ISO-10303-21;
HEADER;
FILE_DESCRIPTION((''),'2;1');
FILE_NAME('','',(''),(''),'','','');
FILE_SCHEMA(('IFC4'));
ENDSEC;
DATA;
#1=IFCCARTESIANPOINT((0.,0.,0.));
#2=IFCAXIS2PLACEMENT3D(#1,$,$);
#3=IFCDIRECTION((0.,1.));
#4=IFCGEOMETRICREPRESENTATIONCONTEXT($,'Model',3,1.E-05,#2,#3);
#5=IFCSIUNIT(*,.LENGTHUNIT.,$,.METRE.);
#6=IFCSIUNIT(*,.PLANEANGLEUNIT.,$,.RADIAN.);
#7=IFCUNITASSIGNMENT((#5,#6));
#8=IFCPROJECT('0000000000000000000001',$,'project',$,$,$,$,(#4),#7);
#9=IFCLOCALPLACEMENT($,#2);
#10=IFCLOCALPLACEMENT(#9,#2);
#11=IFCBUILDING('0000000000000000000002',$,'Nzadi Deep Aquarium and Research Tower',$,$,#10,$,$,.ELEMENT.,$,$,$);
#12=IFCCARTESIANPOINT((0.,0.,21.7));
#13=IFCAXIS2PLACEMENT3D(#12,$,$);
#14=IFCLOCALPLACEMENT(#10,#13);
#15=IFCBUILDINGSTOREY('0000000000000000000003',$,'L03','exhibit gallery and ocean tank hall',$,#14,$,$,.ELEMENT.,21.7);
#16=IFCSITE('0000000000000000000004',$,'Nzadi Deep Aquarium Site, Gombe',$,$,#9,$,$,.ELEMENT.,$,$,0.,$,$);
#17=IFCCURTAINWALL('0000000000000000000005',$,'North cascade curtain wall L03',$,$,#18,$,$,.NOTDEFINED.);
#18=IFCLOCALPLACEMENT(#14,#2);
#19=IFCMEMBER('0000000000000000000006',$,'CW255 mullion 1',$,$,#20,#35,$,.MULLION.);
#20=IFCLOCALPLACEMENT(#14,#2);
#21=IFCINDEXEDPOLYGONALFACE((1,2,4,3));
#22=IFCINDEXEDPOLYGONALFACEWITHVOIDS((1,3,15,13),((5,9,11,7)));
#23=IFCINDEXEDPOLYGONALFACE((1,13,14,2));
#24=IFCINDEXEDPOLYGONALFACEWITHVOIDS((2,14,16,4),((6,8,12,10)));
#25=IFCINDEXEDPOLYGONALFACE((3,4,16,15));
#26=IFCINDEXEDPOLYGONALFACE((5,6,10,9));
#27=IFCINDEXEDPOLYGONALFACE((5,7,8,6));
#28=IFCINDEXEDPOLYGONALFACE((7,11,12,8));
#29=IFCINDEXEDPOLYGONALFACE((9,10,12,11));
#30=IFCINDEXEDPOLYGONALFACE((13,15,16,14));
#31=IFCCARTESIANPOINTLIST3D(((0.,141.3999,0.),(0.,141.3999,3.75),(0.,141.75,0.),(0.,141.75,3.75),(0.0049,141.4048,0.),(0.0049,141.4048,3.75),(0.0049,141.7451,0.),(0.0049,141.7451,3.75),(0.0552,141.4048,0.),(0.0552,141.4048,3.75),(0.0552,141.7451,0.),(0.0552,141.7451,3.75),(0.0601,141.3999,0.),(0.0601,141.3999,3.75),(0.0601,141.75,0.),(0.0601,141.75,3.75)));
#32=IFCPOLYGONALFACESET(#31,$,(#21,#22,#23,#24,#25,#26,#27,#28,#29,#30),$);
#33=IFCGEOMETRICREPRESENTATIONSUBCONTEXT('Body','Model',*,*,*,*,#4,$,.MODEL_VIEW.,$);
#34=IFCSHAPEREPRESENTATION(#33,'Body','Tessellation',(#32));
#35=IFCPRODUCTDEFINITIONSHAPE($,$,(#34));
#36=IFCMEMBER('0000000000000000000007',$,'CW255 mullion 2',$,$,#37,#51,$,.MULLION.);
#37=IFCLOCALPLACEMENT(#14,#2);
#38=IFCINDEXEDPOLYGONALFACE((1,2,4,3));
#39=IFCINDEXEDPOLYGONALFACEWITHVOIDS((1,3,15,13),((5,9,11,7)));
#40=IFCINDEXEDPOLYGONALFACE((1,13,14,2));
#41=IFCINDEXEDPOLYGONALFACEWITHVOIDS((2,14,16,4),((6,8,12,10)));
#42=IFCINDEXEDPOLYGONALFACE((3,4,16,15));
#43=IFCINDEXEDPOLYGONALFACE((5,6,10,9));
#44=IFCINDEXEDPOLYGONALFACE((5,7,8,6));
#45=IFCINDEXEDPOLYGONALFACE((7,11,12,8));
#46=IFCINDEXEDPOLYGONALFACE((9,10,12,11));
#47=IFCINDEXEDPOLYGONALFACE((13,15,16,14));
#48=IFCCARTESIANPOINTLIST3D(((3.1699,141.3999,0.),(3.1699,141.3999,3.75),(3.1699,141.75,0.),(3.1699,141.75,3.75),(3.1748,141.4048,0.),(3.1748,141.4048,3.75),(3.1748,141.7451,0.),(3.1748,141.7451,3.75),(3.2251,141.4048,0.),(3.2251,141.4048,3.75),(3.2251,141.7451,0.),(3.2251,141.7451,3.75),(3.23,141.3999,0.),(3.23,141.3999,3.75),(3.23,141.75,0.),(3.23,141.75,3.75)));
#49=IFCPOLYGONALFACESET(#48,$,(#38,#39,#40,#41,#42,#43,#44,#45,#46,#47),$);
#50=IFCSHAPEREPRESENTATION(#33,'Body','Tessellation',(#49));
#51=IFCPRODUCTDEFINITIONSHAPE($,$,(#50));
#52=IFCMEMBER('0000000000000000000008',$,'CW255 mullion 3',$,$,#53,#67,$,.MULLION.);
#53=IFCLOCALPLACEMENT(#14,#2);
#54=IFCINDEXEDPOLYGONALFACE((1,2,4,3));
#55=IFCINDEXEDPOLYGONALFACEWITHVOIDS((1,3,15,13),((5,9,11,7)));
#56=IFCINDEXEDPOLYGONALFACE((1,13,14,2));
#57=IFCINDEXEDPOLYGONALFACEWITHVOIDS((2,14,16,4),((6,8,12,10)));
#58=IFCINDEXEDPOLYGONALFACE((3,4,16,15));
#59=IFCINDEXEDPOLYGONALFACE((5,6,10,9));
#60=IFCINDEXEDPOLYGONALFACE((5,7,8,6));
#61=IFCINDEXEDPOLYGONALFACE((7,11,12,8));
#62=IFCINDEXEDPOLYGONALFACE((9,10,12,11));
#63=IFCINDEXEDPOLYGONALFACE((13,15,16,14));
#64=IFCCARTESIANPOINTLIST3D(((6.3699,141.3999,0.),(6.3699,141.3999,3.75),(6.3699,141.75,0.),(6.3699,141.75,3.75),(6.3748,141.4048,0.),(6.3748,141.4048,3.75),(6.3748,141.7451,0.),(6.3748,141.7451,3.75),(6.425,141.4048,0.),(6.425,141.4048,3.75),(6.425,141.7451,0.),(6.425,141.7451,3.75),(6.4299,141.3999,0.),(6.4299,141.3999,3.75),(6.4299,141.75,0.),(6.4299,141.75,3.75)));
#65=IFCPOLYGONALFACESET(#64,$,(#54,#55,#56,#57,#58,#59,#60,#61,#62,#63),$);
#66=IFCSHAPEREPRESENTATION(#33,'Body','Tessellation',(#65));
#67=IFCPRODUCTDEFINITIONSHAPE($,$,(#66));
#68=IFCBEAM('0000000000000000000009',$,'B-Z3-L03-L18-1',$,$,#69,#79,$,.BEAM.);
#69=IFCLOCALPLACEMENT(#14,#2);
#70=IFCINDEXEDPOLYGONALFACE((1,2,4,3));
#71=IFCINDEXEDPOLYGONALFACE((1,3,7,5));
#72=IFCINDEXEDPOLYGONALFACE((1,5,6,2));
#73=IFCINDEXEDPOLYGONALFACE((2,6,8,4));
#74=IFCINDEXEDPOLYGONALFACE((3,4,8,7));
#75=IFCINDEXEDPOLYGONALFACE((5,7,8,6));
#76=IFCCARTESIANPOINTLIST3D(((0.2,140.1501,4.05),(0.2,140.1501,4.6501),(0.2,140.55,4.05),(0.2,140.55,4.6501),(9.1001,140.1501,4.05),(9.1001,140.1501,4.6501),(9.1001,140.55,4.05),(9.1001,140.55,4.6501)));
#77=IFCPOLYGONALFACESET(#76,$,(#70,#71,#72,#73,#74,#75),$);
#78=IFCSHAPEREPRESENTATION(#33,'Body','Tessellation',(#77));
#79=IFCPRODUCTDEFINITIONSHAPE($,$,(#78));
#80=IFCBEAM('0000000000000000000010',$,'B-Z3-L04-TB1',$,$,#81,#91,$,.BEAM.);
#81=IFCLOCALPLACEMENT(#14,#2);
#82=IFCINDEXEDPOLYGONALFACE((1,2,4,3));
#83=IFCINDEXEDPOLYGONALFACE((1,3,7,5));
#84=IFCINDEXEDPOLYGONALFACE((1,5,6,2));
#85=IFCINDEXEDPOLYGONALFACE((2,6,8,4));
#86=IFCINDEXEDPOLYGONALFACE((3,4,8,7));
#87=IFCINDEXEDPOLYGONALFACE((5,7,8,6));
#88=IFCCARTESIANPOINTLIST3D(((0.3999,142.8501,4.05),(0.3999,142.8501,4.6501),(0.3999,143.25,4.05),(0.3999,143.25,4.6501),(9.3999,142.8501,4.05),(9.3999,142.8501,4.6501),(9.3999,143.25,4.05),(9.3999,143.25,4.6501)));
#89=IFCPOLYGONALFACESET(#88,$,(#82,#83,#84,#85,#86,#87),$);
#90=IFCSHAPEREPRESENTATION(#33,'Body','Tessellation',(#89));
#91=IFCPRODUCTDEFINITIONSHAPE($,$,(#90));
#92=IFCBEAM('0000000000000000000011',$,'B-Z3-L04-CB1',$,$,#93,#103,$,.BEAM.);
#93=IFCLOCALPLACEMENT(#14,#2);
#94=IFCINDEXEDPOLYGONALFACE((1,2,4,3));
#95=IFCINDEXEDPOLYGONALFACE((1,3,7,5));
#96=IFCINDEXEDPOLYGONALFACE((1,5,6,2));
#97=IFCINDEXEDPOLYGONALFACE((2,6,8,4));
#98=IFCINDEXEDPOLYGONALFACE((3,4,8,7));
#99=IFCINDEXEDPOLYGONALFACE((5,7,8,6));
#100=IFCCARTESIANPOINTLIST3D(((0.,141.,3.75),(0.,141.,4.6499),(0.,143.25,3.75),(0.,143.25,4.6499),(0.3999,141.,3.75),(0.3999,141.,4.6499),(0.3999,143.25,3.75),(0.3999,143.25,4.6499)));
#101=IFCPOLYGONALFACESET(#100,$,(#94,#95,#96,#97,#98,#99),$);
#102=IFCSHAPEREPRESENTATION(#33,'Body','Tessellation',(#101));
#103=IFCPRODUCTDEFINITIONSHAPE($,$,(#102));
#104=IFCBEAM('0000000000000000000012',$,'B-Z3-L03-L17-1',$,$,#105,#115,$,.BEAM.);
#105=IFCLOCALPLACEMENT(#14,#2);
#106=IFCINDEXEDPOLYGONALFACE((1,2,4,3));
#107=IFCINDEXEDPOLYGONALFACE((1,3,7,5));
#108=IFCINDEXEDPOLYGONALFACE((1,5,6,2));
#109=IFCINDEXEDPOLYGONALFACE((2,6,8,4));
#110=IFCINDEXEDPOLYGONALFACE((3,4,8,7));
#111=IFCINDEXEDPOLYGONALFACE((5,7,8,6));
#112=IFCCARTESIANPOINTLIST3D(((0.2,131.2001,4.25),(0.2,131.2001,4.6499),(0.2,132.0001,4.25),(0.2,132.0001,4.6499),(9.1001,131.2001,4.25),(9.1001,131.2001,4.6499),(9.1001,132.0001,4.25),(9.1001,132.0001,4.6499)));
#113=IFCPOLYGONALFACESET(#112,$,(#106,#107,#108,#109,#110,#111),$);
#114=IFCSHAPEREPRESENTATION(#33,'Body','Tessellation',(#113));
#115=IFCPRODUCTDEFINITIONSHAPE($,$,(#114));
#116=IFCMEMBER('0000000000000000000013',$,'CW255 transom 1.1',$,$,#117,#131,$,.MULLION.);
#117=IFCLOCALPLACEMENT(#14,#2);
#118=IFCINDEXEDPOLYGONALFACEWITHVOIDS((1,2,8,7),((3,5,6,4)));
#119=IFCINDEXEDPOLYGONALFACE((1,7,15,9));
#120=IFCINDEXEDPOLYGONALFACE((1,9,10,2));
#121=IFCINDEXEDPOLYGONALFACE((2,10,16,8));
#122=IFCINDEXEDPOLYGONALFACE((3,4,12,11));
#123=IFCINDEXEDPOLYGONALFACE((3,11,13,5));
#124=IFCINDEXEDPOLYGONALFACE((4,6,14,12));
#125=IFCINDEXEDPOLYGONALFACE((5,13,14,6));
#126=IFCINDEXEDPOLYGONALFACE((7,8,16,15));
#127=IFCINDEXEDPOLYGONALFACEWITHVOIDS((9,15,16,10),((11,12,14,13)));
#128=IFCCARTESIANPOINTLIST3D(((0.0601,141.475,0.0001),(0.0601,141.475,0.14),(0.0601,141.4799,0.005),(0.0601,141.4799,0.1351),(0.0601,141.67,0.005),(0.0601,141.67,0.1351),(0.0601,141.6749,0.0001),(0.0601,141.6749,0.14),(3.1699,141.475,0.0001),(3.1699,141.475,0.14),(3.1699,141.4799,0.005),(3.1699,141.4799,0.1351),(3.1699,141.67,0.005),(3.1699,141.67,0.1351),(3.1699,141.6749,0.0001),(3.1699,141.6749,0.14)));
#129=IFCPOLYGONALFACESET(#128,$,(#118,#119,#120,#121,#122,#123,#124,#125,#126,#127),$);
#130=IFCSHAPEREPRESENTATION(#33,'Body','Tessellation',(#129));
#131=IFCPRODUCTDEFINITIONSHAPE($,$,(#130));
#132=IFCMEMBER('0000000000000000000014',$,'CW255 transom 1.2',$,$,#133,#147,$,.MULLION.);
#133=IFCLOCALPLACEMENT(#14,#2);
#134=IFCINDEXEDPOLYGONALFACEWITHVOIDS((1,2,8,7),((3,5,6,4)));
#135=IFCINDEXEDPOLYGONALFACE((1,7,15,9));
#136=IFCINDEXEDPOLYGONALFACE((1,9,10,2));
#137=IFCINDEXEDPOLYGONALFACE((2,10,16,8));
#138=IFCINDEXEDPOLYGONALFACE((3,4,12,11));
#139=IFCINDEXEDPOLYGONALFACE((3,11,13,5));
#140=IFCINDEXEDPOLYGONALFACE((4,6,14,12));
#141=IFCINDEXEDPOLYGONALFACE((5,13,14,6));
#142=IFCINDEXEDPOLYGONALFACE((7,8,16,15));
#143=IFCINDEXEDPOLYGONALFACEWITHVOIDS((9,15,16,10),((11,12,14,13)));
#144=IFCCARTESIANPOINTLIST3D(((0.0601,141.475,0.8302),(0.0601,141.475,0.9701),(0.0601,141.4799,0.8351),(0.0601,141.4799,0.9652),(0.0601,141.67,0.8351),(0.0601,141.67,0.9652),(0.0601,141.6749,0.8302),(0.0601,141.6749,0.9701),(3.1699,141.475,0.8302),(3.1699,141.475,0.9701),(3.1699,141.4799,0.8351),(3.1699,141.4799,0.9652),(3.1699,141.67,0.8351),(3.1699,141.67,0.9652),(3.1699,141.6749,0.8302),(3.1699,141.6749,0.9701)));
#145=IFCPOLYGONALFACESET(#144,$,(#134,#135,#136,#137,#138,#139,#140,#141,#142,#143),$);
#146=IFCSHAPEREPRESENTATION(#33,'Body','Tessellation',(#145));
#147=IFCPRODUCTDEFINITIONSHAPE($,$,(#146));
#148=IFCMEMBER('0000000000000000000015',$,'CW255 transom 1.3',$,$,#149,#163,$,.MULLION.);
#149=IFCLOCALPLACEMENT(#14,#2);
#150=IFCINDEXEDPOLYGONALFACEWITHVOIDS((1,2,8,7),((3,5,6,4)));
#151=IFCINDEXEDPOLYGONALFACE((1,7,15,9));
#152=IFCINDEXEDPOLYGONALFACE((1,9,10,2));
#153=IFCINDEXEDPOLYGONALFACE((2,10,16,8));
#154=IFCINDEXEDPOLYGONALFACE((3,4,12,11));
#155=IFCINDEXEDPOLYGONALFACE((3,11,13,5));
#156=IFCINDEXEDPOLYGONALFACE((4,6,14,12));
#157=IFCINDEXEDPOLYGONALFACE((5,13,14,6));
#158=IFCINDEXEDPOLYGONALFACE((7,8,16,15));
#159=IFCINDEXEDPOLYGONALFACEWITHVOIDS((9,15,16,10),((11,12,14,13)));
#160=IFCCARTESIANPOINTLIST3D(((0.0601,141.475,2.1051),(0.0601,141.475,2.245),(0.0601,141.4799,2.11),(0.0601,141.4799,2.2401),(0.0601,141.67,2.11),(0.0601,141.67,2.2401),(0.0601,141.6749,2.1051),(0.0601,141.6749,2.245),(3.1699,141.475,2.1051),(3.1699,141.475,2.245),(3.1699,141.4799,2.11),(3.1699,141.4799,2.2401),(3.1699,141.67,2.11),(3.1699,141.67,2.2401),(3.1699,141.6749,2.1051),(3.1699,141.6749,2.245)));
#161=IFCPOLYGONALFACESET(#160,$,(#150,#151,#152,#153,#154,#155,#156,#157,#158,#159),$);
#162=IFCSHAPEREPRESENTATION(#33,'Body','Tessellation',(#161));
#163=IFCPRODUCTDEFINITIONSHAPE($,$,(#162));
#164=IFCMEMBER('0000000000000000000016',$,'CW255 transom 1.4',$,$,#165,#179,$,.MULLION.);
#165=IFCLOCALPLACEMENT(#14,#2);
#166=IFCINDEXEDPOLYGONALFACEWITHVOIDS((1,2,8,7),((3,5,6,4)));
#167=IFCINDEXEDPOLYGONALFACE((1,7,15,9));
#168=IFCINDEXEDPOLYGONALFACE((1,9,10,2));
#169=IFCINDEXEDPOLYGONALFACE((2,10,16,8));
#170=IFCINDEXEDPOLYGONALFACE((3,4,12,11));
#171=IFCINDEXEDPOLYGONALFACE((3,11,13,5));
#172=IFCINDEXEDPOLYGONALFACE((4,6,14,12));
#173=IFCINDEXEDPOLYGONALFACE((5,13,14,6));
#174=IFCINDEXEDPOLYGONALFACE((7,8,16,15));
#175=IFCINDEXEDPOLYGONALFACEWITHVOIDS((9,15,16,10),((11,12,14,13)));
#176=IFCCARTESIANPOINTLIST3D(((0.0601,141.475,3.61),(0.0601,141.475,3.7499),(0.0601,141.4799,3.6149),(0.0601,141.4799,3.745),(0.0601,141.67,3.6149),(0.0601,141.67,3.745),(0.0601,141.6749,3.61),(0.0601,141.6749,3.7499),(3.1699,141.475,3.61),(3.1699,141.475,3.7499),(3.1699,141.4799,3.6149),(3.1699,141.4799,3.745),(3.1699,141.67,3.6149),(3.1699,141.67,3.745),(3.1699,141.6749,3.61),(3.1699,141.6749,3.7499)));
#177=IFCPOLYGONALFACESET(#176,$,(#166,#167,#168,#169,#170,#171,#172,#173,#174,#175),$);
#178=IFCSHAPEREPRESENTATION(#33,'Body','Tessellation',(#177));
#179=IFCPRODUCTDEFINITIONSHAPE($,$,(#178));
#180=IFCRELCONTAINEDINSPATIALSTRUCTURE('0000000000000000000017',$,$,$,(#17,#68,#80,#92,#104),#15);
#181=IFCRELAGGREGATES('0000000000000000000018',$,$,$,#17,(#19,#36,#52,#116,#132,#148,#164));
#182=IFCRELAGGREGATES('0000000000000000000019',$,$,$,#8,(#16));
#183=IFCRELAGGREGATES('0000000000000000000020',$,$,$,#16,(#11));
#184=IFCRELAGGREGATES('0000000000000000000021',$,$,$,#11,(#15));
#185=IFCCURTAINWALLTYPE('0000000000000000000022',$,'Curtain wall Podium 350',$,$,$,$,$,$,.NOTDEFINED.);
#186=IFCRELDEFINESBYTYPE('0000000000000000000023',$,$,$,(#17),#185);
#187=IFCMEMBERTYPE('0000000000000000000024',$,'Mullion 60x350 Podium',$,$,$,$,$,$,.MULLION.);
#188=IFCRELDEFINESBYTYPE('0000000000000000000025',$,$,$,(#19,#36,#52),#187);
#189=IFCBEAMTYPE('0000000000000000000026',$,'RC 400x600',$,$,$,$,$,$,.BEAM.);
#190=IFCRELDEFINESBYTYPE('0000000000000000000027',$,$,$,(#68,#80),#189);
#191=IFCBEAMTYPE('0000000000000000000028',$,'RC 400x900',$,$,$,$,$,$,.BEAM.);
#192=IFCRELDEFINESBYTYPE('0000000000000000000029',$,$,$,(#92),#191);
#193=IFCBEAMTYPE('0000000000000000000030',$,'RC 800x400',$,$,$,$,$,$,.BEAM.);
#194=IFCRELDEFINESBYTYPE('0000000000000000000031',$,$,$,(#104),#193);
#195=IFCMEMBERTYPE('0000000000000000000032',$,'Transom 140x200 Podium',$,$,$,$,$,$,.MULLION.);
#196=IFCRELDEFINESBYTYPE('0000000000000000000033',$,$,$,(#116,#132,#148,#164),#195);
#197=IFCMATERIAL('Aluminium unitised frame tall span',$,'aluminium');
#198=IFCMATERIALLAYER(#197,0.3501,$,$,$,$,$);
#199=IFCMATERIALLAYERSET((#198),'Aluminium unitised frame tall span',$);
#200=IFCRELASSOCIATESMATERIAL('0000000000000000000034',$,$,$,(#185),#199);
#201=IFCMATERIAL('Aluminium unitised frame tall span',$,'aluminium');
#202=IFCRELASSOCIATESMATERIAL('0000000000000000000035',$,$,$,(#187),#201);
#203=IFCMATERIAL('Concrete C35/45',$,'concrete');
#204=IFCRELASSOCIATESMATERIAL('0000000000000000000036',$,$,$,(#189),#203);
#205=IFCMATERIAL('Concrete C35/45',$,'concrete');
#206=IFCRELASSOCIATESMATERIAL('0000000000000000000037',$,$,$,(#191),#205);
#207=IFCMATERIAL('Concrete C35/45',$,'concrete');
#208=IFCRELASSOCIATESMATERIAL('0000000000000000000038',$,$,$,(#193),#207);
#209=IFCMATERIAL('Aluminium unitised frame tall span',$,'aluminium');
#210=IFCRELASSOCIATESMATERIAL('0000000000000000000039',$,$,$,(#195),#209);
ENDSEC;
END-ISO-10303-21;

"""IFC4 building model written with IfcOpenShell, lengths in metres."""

from ifc_helpers import new_model, si_unit, direction, frame, origin, origin_2d, place, context, subcontext, project, spatial, rectangle, hollow_rectangle, extrude, material, layer, layer_set, material_profile, profile_set, type_object, element, aggregate, save


model = new_model("IFC4")

# Units and contexts
model_context = context("Model", 3, precision=1e-05, world=origin(), true_north=direction((0.0, 1.0)))
body_context = subcontext(model_context, "Body", "Model", "MODEL_VIEW")
ifc_project = project(units=[si_unit("LENGTHUNIT", "METRE"), si_unit("PLANEANGLEUNIT", "RADIAN")], contexts=[model_context])

# Site, building, storey
site_placement = place(None, origin())
site = spatial("IfcSite", under=ifc_project, at=site_placement, Name="Nzadi Deep Aquarium Site, Gombe", CompositionType="ELEMENT", RefElevation=0.0)
building_placement = place(site_placement, origin())
building = spatial("IfcBuilding", under=site, at=building_placement, Name="Nzadi Deep Aquarium and Research Tower", CompositionType="ELEMENT")
storey_placement = place(building_placement, frame((0.0, 0.0, 21.7)))
storey = spatial("IfcBuildingStorey", under=building, at=storey_placement, Name="L03", Description="exhibit gallery and ocean tank hall", CompositionType="ELEMENT", Elevation=21.7)

# Curtain wall, members
ifc_material_1 = material(Name="Aluminium unitised frame tall span", Category="aluminium")
ifc_layer_1 = layer(ifc_material_1, 0.3501)
ifc_layer_set_1 = layer_set([ifc_layer_1], Name="Aluminium unitised frame tall span")
curtain_wall_type = type_object("IfcCurtainWallType", Name="Curtain wall Podium 350", PredefinedType="NOTDEFINED", material=ifc_layer_set_1)
curtain_wall_placement = place(storey_placement, origin())
curtain_wall = element("IfcCurtainWall", 1, at=curtain_wall_placement, inside=storey, type_object=curtain_wall_type, Name="North cascade curtain wall L03", PredefinedType="NOTDEFINED")
ifc_material_2 = material(Name="Aluminium unitised frame tall span", Category="aluminium")
ifc_material_profile_1 = material_profile(ifc_material_2, hollow_rectangle(XDim=0.3501, YDim=0.0601, WallThickness=0.0049, at=origin_2d()))
ifc_profile_set_1 = profile_set([ifc_material_profile_1], Name="Aluminium unitised frame tall span")
member_type_1 = type_object("IfcMemberType", Name="Mullion 60x350 Podium", PredefinedType="MULLION", material=ifc_profile_set_1)
member_1_placement = place(storey_placement, frame((0.03, 141.575, 0.0), z_axis=(0.0, 0.0, 1.0), x_axis=(0.0, 1.0, 0.0)))
member_1 = element("IfcMember", 2, at=member_1_placement, type_object=member_type_1, Name="CW255 mullion 1", PredefinedType="MULLION", context=body_context, shape_type="SweptSolid", body=[
    extrude(hollow_rectangle(XDim=0.3501, YDim=0.0601, WallThickness=0.0049, at=origin_2d()), origin(), (0.0, 0.0, 1.0), 3.75),
])
member_2_placement = place(storey_placement, frame((3.2, 141.575, 0.0), z_axis=(0.0, 0.0, 1.0), x_axis=(0.0, 1.0, 0.0)))
member_2 = element("IfcMember", 3, at=member_2_placement, type_object=member_type_1, Name="CW255 mullion 2", PredefinedType="MULLION", context=body_context, shape_type="SweptSolid", body=[
    extrude(hollow_rectangle(XDim=0.3501, YDim=0.0601, WallThickness=0.0049, at=origin_2d()), origin(), (0.0, 0.0, 1.0), 3.75),
])
member_3_placement = place(storey_placement, frame((6.3999, 141.575, 0.0), z_axis=(0.0, 0.0, 1.0), x_axis=(0.0, 1.0, 0.0)))
member_3 = element("IfcMember", 4, at=member_3_placement, type_object=member_type_1, Name="CW255 mullion 3", PredefinedType="MULLION", context=body_context, shape_type="SweptSolid", body=[
    extrude(hollow_rectangle(XDim=0.3501, YDim=0.0601, WallThickness=0.0049, at=origin_2d()), origin(), (0.0, 0.0, 1.0), 3.75),
])

# Beams
ifc_material_3 = material(Name="Concrete C35/45", Category="concrete")
ifc_material_profile_2 = material_profile(ifc_material_3, rectangle(XDim=0.3999, YDim=0.6001, at=origin_2d()))
ifc_profile_set_2 = profile_set([ifc_material_profile_2], Name="Concrete C35/45")
beam_type_1 = type_object("IfcBeamType", Name="RC 400x600", PredefinedType="BEAM", material=ifc_profile_set_2)
beam_1_placement = place(storey_placement, frame((0.2, 140.3501, 4.3501), z_axis=(1.0, 0.0, 0.0), x_axis=(0.0, 1.0, 0.0)))
element("IfcBeam", 5, at=beam_1_placement, inside=storey, type_object=beam_type_1, Name="B-Z3-L03-L18-1", PredefinedType="BEAM", context=body_context, shape_type="SweptSolid", body=[
    extrude(rectangle(XDim=0.3999, YDim=0.6001, at=origin_2d()), origin(), (0.0, 0.0, 1.0), 8.9001),
])
beam_2_placement = place(storey_placement, frame((0.3999, 143.05, 4.3501), z_axis=(1.0, 0.0, 0.0), x_axis=(0.0, 1.0, 0.0)))
element("IfcBeam", 6, at=beam_2_placement, inside=storey, type_object=beam_type_1, Name="B-Z3-L04-TB1", PredefinedType="BEAM", context=body_context, shape_type="SweptSolid", body=[
    extrude(rectangle(XDim=0.3999, YDim=0.6001, at=origin_2d()), origin(), (0.0, 0.0, 1.0), 9.0),
])
ifc_material_4 = material(Name="Concrete C35/45", Category="concrete")
ifc_material_profile_3 = material_profile(ifc_material_4, rectangle(XDim=0.3999, YDim=0.8999, at=origin_2d()))
ifc_profile_set_3 = profile_set([ifc_material_profile_3], Name="Concrete C35/45")
beam_type_2 = type_object("IfcBeamType", Name="RC 400x900", PredefinedType="BEAM", material=ifc_profile_set_3)
beam_3_placement = place(storey_placement, frame((0.2, 141.0, 4.2), z_axis=(0.0, 1.0, 0.0), x_axis=(-1.0, 0.0, 0.0)))
element("IfcBeam", 7, at=beam_3_placement, inside=storey, type_object=beam_type_2, Name="B-Z3-L04-CB1", PredefinedType="BEAM", context=body_context, shape_type="SweptSolid", body=[
    extrude(rectangle(XDim=0.3999, YDim=0.8999, at=origin_2d()), origin(), (0.0, 0.0, 1.0), 2.25),
])
ifc_material_5 = material(Name="Concrete C35/45", Category="concrete")
ifc_material_profile_4 = material_profile(ifc_material_5, rectangle(XDim=0.8, YDim=0.3999, at=origin_2d()))
ifc_profile_set_4 = profile_set([ifc_material_profile_4], Name="Concrete C35/45")
beam_type_3 = type_object("IfcBeamType", Name="RC 800x400", PredefinedType="BEAM", material=ifc_profile_set_4)
beam_4_placement = place(storey_placement, frame((0.2, 131.6001, 4.45), z_axis=(1.0, 0.0, 0.0), x_axis=(0.0, 1.0, 0.0)))
element("IfcBeam", 8, at=beam_4_placement, inside=storey, type_object=beam_type_3, Name="B-Z3-L03-L17-1", PredefinedType="BEAM", context=body_context, shape_type="SweptSolid", body=[
    extrude(rectangle(XDim=0.8, YDim=0.3999, at=origin_2d()), origin(), (0.0, 0.0, 1.0), 8.9001),
])

# Members
ifc_material_6 = material(Name="Aluminium unitised frame tall span", Category="aluminium")
ifc_material_profile_5 = material_profile(ifc_material_6, hollow_rectangle(XDim=0.2, YDim=0.1399, WallThickness=0.0049, at=origin_2d()))
ifc_profile_set_5 = profile_set([ifc_material_profile_5], Name="Aluminium unitised frame tall span")
member_type_2 = type_object("IfcMemberType", Name="Transom 140x200 Podium", PredefinedType="MULLION", material=ifc_profile_set_5)
member_4_placement = place(storey_placement, frame((0.0601, 141.575, 0.0701), z_axis=(1.0, 0.0, 0.0), x_axis=(0.0, 1.0, 0.0)))
member_4 = element("IfcMember", 9, at=member_4_placement, type_object=member_type_2, Name="CW255 transom 1.1", PredefinedType="MULLION", context=body_context, shape_type="SweptSolid", body=[
    extrude(hollow_rectangle(XDim=0.2, YDim=0.1399, WallThickness=0.0049, at=origin_2d()), origin(), (0.0, 0.0, 1.0), 3.1099),
])
member_5_placement = place(storey_placement, frame((0.0601, 141.575, 0.9001), z_axis=(1.0, 0.0, 0.0), x_axis=(0.0, 1.0, 0.0)))
member_5 = element("IfcMember", 10, at=member_5_placement, type_object=member_type_2, Name="CW255 transom 1.2", PredefinedType="MULLION", context=body_context, shape_type="SweptSolid", body=[
    extrude(hollow_rectangle(XDim=0.2, YDim=0.1399, WallThickness=0.0049, at=origin_2d()), origin(), (0.0, 0.0, 1.0), 3.1099),
])
member_6_placement = place(storey_placement, frame((0.0601, 141.575, 2.175), z_axis=(1.0, 0.0, 0.0), x_axis=(0.0, 1.0, 0.0)))
member_6 = element("IfcMember", 11, at=member_6_placement, type_object=member_type_2, Name="CW255 transom 1.3", PredefinedType="MULLION", context=body_context, shape_type="SweptSolid", body=[
    extrude(hollow_rectangle(XDim=0.2, YDim=0.1399, WallThickness=0.0049, at=origin_2d()), origin(), (0.0, 0.0, 1.0), 3.1099),
])
member_7_placement = place(storey_placement, frame((0.0601, 141.575, 3.6799), z_axis=(1.0, 0.0, 0.0), x_axis=(0.0, 1.0, 0.0)))
member_7 = element("IfcMember", 12, at=member_7_placement, type_object=member_type_2, Name="CW255 transom 1.4", PredefinedType="MULLION", context=body_context, shape_type="SweptSolid", body=[
    extrude(hollow_rectangle(XDim=0.2, YDim=0.1399, WallThickness=0.0049, at=origin_2d()), origin(), (0.0, 0.0, 1.0), 3.1099),
])

aggregate(curtain_wall, [member_1, member_2, member_3, member_4, member_5, member_6, member_7])

save(model, "model.ifc")
